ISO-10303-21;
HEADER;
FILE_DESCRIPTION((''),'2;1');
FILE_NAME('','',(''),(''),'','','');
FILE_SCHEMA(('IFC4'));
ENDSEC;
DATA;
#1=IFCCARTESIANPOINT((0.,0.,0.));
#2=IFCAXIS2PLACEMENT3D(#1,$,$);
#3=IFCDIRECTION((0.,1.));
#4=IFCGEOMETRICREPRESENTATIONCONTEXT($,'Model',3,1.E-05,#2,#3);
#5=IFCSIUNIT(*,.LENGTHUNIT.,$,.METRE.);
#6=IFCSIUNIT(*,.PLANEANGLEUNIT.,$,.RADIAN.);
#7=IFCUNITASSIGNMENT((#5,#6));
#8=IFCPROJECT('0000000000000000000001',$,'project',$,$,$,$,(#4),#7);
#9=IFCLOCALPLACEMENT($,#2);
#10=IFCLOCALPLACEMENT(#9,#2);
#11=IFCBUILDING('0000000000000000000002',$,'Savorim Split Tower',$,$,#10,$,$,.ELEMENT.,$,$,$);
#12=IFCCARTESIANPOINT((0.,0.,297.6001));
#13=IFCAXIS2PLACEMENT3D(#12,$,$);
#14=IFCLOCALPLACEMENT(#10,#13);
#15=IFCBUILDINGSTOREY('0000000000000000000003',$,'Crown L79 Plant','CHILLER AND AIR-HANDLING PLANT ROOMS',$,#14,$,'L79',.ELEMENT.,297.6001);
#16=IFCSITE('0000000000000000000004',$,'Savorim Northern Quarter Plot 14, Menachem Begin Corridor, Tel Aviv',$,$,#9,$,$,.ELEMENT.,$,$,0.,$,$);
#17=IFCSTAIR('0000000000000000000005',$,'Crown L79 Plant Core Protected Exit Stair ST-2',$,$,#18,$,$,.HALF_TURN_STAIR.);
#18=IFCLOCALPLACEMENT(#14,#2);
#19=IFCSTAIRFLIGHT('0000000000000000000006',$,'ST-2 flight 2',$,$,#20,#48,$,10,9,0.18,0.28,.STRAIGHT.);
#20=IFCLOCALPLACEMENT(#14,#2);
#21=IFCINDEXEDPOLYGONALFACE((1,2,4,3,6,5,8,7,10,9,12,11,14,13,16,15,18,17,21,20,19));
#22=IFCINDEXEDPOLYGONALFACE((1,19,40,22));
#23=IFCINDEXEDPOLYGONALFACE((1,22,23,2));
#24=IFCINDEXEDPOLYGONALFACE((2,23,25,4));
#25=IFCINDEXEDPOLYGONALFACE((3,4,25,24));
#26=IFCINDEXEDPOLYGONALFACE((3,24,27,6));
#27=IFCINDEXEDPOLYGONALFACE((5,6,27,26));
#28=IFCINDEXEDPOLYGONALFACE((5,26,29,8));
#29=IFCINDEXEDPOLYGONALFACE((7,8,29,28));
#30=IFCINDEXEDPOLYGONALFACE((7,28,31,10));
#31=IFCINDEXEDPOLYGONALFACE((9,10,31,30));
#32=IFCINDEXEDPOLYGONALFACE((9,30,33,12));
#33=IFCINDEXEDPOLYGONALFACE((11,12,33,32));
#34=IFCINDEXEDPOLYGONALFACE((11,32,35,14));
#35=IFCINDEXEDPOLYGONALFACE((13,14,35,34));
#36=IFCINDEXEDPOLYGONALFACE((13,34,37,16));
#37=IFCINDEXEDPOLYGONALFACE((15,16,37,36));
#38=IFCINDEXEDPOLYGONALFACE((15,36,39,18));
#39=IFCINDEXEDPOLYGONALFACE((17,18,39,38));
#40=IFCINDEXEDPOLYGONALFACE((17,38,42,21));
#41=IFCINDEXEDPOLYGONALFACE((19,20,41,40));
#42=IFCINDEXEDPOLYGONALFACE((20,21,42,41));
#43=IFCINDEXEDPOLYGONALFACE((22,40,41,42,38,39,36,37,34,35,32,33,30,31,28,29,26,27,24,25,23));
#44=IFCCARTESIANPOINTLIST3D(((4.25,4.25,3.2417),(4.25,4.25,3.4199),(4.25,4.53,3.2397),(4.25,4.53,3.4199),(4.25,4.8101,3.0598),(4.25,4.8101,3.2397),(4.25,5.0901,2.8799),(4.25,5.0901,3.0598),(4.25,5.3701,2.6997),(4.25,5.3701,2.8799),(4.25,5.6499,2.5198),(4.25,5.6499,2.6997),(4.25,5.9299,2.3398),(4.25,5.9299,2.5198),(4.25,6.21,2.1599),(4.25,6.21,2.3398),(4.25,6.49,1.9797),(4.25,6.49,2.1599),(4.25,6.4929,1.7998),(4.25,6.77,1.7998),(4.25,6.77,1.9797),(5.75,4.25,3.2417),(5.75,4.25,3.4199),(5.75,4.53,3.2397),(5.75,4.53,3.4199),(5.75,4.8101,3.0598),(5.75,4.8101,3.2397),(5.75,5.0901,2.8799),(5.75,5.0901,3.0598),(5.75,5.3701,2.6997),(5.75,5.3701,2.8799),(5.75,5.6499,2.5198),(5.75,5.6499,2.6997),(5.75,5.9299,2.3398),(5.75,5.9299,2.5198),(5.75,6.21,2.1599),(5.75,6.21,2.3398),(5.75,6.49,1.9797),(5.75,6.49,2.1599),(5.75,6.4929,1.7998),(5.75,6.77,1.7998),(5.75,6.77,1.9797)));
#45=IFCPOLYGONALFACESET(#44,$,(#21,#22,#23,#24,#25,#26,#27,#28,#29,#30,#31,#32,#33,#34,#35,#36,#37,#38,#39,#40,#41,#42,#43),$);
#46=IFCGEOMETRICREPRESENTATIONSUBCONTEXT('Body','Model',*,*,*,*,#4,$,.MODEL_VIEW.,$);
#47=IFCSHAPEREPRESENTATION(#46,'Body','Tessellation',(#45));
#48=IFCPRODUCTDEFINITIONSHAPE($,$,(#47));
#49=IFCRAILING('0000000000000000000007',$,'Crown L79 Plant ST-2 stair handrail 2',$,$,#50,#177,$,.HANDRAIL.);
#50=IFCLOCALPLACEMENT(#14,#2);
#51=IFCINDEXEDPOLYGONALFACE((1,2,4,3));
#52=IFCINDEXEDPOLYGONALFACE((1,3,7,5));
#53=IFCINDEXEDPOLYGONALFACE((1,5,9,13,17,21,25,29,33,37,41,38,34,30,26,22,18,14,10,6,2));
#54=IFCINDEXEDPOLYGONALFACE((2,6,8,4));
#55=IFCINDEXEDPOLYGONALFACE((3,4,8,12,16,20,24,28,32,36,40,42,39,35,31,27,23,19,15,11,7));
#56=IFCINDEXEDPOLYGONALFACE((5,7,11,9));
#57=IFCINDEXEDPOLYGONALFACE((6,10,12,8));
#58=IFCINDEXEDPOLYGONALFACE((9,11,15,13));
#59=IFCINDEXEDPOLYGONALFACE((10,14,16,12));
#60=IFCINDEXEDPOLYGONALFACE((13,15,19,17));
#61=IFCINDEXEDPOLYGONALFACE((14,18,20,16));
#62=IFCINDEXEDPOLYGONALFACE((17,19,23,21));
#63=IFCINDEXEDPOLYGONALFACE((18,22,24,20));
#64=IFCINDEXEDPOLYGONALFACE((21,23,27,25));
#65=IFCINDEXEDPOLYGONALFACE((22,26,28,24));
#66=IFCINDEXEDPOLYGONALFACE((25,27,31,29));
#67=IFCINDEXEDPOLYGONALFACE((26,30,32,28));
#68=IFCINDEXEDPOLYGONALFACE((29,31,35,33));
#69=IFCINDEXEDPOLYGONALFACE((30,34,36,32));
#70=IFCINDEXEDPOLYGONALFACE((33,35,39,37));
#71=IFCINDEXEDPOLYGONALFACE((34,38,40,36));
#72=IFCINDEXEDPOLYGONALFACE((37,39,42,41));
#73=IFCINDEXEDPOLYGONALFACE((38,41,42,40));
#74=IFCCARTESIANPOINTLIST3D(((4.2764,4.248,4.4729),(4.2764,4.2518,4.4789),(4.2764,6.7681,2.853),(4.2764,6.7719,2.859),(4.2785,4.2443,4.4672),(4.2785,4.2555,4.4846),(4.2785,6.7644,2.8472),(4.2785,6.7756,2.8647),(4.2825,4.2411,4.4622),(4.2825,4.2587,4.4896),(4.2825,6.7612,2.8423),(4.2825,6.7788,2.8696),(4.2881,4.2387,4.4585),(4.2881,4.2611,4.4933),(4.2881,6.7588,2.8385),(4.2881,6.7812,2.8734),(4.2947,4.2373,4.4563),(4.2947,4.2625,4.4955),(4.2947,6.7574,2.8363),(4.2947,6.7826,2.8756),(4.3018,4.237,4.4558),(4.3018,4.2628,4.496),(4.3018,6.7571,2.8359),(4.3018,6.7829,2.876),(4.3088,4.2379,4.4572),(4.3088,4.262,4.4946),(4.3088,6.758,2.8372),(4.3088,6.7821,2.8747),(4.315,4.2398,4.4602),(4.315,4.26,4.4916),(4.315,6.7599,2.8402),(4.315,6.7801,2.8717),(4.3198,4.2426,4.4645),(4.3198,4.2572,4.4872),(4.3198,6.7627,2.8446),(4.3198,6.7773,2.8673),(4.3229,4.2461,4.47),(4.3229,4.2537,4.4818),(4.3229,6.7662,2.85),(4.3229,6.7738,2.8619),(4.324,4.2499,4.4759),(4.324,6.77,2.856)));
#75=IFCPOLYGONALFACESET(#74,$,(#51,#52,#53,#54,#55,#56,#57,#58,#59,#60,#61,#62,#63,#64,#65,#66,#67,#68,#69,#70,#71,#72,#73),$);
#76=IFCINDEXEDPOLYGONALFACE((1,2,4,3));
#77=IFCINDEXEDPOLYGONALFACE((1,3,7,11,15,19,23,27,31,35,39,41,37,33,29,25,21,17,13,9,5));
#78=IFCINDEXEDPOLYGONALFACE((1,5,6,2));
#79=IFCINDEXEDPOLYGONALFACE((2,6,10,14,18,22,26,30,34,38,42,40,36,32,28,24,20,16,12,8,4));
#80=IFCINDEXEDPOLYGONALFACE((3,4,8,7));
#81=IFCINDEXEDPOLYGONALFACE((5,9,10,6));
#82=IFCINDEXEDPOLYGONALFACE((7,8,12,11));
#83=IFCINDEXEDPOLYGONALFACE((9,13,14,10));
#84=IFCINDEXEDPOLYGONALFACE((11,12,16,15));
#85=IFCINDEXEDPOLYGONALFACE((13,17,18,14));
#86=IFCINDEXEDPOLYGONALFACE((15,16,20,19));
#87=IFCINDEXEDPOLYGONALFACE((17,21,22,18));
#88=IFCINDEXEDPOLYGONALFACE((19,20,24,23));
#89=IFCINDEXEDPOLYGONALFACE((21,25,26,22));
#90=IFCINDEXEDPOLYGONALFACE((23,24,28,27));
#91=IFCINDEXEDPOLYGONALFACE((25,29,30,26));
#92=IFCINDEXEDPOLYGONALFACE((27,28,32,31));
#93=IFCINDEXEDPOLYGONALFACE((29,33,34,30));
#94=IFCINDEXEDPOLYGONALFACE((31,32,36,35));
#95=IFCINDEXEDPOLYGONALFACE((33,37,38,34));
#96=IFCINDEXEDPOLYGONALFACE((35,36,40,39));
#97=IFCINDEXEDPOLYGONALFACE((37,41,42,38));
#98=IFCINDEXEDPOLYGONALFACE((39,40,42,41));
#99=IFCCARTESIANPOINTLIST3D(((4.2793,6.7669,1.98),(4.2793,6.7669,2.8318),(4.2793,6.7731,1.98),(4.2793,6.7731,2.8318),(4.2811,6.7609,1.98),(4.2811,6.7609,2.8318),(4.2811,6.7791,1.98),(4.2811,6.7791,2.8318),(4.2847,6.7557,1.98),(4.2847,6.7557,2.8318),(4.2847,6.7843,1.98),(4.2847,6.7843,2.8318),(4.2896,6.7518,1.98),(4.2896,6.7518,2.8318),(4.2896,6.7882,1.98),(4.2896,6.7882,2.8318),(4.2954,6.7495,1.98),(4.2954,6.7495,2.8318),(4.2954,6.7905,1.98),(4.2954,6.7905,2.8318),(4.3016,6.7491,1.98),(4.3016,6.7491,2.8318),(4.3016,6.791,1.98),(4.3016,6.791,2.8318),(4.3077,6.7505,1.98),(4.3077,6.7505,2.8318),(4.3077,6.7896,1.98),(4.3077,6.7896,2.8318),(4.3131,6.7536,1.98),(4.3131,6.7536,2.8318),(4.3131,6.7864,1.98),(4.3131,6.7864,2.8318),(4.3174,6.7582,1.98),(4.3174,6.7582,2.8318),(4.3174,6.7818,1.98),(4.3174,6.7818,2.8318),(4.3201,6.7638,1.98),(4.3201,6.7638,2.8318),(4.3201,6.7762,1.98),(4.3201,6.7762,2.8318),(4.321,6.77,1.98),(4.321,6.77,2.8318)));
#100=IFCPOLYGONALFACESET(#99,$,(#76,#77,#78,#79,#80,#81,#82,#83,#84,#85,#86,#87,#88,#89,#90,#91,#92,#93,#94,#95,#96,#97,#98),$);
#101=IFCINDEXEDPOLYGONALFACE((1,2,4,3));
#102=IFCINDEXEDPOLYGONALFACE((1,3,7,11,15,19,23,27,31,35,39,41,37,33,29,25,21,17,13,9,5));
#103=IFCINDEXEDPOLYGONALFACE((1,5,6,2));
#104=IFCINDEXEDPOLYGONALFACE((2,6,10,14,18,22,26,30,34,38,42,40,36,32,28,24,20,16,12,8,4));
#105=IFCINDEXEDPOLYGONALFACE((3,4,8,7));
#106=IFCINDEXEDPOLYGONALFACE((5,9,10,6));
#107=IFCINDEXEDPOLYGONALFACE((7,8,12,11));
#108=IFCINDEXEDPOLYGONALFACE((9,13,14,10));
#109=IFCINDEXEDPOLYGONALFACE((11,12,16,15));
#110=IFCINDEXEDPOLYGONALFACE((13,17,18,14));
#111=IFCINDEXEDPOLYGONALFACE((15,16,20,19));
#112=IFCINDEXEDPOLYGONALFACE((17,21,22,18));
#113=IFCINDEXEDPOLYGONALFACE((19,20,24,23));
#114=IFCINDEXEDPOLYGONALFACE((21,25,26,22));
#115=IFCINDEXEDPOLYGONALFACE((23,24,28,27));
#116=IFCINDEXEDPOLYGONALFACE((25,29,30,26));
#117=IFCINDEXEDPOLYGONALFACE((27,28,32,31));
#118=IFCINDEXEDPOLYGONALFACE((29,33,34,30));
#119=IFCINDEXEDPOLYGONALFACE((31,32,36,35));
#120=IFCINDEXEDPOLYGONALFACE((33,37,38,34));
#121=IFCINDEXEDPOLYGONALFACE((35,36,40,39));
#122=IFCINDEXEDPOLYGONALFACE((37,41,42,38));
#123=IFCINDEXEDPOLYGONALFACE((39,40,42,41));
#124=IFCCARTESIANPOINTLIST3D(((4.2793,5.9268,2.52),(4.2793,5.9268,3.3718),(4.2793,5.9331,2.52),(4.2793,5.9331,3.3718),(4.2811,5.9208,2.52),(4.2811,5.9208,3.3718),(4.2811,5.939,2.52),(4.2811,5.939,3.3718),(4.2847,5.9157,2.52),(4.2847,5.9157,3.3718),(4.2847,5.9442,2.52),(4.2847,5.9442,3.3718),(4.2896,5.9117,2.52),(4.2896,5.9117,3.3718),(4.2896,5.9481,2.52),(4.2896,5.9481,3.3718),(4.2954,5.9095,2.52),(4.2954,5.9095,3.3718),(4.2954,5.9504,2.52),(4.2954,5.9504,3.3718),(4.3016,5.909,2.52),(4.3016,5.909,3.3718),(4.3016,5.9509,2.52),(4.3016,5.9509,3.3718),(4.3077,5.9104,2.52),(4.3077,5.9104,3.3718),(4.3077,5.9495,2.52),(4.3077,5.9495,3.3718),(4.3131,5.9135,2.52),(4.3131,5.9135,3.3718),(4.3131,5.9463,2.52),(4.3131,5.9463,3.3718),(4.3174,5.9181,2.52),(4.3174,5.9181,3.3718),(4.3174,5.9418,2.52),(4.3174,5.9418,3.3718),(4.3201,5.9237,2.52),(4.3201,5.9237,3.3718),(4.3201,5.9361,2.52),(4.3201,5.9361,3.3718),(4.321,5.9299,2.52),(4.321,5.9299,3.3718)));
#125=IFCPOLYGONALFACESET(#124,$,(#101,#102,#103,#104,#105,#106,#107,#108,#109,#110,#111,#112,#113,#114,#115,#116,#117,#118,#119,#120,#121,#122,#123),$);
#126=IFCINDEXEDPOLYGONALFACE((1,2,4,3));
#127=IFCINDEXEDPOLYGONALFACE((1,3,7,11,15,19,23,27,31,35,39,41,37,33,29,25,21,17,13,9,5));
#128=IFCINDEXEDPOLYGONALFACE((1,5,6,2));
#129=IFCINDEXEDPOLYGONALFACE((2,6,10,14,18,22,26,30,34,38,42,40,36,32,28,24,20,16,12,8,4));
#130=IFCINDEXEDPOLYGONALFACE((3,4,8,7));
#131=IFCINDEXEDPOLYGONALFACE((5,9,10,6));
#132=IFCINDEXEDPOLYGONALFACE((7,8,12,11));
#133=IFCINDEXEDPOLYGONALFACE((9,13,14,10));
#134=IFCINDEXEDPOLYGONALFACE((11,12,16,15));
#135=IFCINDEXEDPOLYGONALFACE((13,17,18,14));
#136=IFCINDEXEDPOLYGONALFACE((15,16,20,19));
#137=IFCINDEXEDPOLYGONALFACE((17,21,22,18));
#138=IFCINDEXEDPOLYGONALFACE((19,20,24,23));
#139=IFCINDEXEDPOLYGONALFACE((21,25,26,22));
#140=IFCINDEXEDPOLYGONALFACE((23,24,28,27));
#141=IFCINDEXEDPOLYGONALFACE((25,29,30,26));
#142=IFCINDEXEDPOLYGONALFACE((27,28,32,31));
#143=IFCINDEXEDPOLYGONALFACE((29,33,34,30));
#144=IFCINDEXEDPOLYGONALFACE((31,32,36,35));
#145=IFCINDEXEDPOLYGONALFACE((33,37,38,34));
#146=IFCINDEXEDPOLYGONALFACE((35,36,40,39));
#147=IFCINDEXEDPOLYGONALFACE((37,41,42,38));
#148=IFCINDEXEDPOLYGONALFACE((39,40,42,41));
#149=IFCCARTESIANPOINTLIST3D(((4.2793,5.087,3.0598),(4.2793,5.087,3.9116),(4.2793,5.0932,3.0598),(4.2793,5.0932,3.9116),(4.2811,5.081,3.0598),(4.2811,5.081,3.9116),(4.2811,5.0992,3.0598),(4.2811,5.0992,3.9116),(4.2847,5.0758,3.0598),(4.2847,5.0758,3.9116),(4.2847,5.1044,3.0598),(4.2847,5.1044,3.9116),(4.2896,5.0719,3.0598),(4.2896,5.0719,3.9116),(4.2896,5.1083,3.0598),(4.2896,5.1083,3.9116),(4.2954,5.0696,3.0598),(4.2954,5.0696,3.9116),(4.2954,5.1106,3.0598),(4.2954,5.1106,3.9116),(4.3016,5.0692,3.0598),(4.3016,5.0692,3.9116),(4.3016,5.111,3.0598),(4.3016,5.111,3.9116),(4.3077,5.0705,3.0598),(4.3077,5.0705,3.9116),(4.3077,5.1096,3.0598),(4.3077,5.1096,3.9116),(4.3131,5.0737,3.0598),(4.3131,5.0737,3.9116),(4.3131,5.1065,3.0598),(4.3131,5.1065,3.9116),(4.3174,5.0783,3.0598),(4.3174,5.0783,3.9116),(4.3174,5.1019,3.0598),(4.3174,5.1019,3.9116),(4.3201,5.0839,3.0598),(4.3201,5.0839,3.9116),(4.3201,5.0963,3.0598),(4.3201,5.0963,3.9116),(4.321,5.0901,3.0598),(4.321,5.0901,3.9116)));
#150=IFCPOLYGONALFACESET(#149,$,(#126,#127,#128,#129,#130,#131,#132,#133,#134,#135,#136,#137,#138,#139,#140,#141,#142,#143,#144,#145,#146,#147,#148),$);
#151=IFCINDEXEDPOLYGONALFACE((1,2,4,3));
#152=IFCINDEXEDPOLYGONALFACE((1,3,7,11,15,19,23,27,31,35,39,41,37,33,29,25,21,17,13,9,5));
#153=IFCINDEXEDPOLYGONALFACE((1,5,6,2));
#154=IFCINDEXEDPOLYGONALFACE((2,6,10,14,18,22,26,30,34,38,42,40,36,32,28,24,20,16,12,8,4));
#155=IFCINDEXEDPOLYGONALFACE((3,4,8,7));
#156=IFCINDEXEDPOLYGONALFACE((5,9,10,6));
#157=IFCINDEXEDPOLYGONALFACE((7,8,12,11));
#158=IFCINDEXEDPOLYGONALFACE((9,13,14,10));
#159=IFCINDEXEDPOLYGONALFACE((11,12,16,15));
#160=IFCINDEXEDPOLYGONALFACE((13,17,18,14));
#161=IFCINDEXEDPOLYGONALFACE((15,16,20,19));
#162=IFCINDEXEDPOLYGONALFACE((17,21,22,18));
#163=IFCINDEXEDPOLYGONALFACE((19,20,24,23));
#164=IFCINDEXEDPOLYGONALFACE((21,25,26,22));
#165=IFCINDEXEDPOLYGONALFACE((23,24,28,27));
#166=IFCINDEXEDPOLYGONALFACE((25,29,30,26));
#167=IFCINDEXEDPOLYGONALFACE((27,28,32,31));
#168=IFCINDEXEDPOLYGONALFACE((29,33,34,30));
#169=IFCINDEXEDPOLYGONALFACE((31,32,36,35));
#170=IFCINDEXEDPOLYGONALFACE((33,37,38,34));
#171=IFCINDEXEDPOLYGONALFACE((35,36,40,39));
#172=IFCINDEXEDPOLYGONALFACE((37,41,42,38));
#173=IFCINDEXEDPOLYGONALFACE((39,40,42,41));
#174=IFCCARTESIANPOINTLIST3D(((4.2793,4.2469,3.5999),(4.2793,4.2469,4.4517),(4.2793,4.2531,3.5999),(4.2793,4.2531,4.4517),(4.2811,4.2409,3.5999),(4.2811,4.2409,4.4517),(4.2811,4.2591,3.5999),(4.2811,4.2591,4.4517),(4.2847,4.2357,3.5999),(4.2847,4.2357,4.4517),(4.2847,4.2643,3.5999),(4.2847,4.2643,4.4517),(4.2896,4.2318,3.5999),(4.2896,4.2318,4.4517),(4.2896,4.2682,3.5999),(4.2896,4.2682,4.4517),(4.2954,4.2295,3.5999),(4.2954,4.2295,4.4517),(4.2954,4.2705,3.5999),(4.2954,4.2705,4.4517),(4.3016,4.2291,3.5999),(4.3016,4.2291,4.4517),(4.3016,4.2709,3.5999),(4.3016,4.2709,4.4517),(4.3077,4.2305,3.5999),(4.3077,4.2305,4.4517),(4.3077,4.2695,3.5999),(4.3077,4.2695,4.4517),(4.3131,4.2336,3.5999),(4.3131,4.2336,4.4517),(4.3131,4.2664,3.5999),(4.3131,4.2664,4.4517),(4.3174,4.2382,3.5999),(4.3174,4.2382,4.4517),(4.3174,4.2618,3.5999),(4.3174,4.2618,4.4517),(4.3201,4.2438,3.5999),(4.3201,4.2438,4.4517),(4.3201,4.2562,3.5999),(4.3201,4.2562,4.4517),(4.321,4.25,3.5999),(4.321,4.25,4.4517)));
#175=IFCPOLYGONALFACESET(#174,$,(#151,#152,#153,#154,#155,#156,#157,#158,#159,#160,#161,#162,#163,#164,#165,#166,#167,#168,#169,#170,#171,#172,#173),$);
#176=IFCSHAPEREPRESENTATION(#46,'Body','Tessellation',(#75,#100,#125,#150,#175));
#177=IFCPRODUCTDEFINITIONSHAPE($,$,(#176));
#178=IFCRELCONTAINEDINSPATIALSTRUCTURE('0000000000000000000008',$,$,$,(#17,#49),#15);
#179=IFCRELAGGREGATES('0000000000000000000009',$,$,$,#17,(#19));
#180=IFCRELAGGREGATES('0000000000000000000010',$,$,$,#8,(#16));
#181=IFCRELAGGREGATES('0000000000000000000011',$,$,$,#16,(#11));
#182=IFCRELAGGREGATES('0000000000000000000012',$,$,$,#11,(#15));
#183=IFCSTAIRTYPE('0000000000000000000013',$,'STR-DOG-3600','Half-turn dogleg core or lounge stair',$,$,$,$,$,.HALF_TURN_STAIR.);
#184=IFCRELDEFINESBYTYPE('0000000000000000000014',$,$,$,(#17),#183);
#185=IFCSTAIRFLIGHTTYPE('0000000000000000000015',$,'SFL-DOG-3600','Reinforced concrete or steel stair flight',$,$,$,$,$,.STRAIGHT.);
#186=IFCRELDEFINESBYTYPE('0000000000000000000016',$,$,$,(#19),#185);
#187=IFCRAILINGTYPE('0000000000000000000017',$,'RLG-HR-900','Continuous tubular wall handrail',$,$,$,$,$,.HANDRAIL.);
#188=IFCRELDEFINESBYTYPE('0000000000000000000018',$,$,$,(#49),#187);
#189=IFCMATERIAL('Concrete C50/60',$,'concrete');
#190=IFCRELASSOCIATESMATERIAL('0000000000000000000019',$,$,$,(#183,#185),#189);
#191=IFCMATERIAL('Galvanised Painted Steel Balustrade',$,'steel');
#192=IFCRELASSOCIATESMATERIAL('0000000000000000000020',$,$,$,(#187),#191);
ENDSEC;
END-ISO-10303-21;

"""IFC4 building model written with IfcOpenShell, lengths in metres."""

from ifc_helpers import new_model, si_unit, direction, frame, origin, origin_2d, place, context, subcontext, project, spatial, polyline, circle, outline, extrude, material, type_object, element, aggregate, save


model = new_model("IFC4")

# Units and contexts
model_context = context("Model", 3, precision=1e-05, world=origin(), true_north=direction((0.0, 1.0)))
body_context = subcontext(model_context, "Body", "Model", "MODEL_VIEW")
ifc_project = project(units=[si_unit("LENGTHUNIT", "METRE"), si_unit("PLANEANGLEUNIT", "RADIAN")], contexts=[model_context])

# Site, building, storey
site_placement = place(None, origin())
site = spatial("IfcSite", under=ifc_project, at=site_placement, Name="Savorim Northern Quarter Plot 14, Menachem Begin Corridor, Tel Aviv", CompositionType="ELEMENT", RefElevation=0.0)
building_placement = place(site_placement, origin())
building = spatial("IfcBuilding", under=site, at=building_placement, Name="Savorim Split Tower", CompositionType="ELEMENT")
storey_placement = place(building_placement, frame((0.0, 0.0, 297.6001)))
storey = spatial("IfcBuildingStorey", under=building, at=storey_placement, Name="Crown L79 Plant", Description="CHILLER AND AIR-HANDLING PLANT ROOMS", LongName="L79", CompositionType="ELEMENT", Elevation=297.6001)

# Stair, stair flight
ifc_material_1 = material(Name="Concrete C50/60", Category="concrete")
stair_type = type_object("IfcStairType", Name="STR-DOG-3600", Description="Half-turn dogleg core or lounge stair", PredefinedType="HALF_TURN_STAIR", material=ifc_material_1)
stair_placement = place(storey_placement, origin())
stair = element("IfcStair", 1, at=stair_placement, inside=storey, type_object=stair_type, Name="Crown L79 Plant Core Protected Exit Stair ST-2", PredefinedType="HALF_TURN_STAIR")
stair_flight_type = type_object("IfcStairFlightType", Name="SFL-DOG-3600", Description="Reinforced concrete or steel stair flight", PredefinedType="STRAIGHT", material=ifc_material_1)
stair_flight_placement = place(storey_placement, frame((5.0, 6.77, 1.7998), z_axis=(0.0, 0.0, 1.0), x_axis=(0.0, -1.0, 0.0)))
stair_flight = element("IfcStairFlight", 2, at=stair_flight_placement, type_object=stair_flight_type, Name="ST-2 flight 2", NumberOfRisers=10, NumberOfTreads=9, PredefinedType="STRAIGHT", RiserHeight=0.18, TreadLength=0.28, context=body_context, shape_type="SweptSolid", body=[
    extrude(outline(polyline([(0.0, 0.0), (0.0, 0.1799), (0.28, 0.1799), (0.28, 0.3601), (0.5601, 0.3601), (0.5601, 0.54), (0.8401, 0.54), (0.8401, 0.72), (1.1201, 0.72), (1.1201, 0.8999), (1.3999, 0.8999), (1.3999, 1.0801), (1.6799, 1.0801), (1.6799, 1.26), (1.96, 1.26), (1.96, 1.4399), (2.24, 1.4399), (2.24, 1.6201), (2.52, 1.6201), (2.52, 1.8), (2.52, 1.4419), (0.2771, 0.0), (0.0, 0.0)])), frame((0.0, 0.75, 0.0), z_axis=(0.0, -1.0, 0.0), x_axis=(1.0, 0.0, 0.0)), (0.0, 0.0, 1.0), 1.5),
])
aggregate(stair, [stair_flight])

# Railing
ifc_material_2 = material(Name="Galvanised Painted Steel Balustrade", Category="steel")
railing_type_1 = type_object("IfcRailingType", Name="RLG-HR-900", Description="Continuous tubular wall handrail", PredefinedType="HANDRAIL", material=ifc_material_2)
railing_1_placement = place(storey_placement, frame((4.3, 6.77, 1.98)))
element("IfcRailing", 3, at=railing_1_placement, inside=storey, type_object=railing_type_1, Name="Crown L79 Plant ST-2 stair handrail 2", PredefinedType="HANDRAIL", context=body_context, shape_type="SweptSolid", body=[
    extrude(circle(Radius=0.0239, at=origin_2d()), frame((0.0, 0.0, 0.876), z_axis=(0.0, -0.8412, 0.540725), x_axis=(1.0, 0.0, 0.0)), (0.0, 0.0, 1.0), 2.9958),
    extrude(circle(Radius=0.021, at=origin_2d()), origin(), (0.0, 0.0, 1.0), 0.8518),
    extrude(circle(Radius=0.021, at=origin_2d()), frame((0.0, -0.8401, 0.54)), (0.0, 0.0, 1.0), 0.8518),
    extrude(circle(Radius=0.021, at=origin_2d()), frame((0.0, -1.6799, 1.0798)), (0.0, 0.0, 1.0), 0.8518),
    extrude(circle(Radius=0.021, at=origin_2d()), frame((0.0, -2.52, 1.6199)), (0.0, 0.0, 1.0), 0.8518),
])

save(model, "model.ifc")
